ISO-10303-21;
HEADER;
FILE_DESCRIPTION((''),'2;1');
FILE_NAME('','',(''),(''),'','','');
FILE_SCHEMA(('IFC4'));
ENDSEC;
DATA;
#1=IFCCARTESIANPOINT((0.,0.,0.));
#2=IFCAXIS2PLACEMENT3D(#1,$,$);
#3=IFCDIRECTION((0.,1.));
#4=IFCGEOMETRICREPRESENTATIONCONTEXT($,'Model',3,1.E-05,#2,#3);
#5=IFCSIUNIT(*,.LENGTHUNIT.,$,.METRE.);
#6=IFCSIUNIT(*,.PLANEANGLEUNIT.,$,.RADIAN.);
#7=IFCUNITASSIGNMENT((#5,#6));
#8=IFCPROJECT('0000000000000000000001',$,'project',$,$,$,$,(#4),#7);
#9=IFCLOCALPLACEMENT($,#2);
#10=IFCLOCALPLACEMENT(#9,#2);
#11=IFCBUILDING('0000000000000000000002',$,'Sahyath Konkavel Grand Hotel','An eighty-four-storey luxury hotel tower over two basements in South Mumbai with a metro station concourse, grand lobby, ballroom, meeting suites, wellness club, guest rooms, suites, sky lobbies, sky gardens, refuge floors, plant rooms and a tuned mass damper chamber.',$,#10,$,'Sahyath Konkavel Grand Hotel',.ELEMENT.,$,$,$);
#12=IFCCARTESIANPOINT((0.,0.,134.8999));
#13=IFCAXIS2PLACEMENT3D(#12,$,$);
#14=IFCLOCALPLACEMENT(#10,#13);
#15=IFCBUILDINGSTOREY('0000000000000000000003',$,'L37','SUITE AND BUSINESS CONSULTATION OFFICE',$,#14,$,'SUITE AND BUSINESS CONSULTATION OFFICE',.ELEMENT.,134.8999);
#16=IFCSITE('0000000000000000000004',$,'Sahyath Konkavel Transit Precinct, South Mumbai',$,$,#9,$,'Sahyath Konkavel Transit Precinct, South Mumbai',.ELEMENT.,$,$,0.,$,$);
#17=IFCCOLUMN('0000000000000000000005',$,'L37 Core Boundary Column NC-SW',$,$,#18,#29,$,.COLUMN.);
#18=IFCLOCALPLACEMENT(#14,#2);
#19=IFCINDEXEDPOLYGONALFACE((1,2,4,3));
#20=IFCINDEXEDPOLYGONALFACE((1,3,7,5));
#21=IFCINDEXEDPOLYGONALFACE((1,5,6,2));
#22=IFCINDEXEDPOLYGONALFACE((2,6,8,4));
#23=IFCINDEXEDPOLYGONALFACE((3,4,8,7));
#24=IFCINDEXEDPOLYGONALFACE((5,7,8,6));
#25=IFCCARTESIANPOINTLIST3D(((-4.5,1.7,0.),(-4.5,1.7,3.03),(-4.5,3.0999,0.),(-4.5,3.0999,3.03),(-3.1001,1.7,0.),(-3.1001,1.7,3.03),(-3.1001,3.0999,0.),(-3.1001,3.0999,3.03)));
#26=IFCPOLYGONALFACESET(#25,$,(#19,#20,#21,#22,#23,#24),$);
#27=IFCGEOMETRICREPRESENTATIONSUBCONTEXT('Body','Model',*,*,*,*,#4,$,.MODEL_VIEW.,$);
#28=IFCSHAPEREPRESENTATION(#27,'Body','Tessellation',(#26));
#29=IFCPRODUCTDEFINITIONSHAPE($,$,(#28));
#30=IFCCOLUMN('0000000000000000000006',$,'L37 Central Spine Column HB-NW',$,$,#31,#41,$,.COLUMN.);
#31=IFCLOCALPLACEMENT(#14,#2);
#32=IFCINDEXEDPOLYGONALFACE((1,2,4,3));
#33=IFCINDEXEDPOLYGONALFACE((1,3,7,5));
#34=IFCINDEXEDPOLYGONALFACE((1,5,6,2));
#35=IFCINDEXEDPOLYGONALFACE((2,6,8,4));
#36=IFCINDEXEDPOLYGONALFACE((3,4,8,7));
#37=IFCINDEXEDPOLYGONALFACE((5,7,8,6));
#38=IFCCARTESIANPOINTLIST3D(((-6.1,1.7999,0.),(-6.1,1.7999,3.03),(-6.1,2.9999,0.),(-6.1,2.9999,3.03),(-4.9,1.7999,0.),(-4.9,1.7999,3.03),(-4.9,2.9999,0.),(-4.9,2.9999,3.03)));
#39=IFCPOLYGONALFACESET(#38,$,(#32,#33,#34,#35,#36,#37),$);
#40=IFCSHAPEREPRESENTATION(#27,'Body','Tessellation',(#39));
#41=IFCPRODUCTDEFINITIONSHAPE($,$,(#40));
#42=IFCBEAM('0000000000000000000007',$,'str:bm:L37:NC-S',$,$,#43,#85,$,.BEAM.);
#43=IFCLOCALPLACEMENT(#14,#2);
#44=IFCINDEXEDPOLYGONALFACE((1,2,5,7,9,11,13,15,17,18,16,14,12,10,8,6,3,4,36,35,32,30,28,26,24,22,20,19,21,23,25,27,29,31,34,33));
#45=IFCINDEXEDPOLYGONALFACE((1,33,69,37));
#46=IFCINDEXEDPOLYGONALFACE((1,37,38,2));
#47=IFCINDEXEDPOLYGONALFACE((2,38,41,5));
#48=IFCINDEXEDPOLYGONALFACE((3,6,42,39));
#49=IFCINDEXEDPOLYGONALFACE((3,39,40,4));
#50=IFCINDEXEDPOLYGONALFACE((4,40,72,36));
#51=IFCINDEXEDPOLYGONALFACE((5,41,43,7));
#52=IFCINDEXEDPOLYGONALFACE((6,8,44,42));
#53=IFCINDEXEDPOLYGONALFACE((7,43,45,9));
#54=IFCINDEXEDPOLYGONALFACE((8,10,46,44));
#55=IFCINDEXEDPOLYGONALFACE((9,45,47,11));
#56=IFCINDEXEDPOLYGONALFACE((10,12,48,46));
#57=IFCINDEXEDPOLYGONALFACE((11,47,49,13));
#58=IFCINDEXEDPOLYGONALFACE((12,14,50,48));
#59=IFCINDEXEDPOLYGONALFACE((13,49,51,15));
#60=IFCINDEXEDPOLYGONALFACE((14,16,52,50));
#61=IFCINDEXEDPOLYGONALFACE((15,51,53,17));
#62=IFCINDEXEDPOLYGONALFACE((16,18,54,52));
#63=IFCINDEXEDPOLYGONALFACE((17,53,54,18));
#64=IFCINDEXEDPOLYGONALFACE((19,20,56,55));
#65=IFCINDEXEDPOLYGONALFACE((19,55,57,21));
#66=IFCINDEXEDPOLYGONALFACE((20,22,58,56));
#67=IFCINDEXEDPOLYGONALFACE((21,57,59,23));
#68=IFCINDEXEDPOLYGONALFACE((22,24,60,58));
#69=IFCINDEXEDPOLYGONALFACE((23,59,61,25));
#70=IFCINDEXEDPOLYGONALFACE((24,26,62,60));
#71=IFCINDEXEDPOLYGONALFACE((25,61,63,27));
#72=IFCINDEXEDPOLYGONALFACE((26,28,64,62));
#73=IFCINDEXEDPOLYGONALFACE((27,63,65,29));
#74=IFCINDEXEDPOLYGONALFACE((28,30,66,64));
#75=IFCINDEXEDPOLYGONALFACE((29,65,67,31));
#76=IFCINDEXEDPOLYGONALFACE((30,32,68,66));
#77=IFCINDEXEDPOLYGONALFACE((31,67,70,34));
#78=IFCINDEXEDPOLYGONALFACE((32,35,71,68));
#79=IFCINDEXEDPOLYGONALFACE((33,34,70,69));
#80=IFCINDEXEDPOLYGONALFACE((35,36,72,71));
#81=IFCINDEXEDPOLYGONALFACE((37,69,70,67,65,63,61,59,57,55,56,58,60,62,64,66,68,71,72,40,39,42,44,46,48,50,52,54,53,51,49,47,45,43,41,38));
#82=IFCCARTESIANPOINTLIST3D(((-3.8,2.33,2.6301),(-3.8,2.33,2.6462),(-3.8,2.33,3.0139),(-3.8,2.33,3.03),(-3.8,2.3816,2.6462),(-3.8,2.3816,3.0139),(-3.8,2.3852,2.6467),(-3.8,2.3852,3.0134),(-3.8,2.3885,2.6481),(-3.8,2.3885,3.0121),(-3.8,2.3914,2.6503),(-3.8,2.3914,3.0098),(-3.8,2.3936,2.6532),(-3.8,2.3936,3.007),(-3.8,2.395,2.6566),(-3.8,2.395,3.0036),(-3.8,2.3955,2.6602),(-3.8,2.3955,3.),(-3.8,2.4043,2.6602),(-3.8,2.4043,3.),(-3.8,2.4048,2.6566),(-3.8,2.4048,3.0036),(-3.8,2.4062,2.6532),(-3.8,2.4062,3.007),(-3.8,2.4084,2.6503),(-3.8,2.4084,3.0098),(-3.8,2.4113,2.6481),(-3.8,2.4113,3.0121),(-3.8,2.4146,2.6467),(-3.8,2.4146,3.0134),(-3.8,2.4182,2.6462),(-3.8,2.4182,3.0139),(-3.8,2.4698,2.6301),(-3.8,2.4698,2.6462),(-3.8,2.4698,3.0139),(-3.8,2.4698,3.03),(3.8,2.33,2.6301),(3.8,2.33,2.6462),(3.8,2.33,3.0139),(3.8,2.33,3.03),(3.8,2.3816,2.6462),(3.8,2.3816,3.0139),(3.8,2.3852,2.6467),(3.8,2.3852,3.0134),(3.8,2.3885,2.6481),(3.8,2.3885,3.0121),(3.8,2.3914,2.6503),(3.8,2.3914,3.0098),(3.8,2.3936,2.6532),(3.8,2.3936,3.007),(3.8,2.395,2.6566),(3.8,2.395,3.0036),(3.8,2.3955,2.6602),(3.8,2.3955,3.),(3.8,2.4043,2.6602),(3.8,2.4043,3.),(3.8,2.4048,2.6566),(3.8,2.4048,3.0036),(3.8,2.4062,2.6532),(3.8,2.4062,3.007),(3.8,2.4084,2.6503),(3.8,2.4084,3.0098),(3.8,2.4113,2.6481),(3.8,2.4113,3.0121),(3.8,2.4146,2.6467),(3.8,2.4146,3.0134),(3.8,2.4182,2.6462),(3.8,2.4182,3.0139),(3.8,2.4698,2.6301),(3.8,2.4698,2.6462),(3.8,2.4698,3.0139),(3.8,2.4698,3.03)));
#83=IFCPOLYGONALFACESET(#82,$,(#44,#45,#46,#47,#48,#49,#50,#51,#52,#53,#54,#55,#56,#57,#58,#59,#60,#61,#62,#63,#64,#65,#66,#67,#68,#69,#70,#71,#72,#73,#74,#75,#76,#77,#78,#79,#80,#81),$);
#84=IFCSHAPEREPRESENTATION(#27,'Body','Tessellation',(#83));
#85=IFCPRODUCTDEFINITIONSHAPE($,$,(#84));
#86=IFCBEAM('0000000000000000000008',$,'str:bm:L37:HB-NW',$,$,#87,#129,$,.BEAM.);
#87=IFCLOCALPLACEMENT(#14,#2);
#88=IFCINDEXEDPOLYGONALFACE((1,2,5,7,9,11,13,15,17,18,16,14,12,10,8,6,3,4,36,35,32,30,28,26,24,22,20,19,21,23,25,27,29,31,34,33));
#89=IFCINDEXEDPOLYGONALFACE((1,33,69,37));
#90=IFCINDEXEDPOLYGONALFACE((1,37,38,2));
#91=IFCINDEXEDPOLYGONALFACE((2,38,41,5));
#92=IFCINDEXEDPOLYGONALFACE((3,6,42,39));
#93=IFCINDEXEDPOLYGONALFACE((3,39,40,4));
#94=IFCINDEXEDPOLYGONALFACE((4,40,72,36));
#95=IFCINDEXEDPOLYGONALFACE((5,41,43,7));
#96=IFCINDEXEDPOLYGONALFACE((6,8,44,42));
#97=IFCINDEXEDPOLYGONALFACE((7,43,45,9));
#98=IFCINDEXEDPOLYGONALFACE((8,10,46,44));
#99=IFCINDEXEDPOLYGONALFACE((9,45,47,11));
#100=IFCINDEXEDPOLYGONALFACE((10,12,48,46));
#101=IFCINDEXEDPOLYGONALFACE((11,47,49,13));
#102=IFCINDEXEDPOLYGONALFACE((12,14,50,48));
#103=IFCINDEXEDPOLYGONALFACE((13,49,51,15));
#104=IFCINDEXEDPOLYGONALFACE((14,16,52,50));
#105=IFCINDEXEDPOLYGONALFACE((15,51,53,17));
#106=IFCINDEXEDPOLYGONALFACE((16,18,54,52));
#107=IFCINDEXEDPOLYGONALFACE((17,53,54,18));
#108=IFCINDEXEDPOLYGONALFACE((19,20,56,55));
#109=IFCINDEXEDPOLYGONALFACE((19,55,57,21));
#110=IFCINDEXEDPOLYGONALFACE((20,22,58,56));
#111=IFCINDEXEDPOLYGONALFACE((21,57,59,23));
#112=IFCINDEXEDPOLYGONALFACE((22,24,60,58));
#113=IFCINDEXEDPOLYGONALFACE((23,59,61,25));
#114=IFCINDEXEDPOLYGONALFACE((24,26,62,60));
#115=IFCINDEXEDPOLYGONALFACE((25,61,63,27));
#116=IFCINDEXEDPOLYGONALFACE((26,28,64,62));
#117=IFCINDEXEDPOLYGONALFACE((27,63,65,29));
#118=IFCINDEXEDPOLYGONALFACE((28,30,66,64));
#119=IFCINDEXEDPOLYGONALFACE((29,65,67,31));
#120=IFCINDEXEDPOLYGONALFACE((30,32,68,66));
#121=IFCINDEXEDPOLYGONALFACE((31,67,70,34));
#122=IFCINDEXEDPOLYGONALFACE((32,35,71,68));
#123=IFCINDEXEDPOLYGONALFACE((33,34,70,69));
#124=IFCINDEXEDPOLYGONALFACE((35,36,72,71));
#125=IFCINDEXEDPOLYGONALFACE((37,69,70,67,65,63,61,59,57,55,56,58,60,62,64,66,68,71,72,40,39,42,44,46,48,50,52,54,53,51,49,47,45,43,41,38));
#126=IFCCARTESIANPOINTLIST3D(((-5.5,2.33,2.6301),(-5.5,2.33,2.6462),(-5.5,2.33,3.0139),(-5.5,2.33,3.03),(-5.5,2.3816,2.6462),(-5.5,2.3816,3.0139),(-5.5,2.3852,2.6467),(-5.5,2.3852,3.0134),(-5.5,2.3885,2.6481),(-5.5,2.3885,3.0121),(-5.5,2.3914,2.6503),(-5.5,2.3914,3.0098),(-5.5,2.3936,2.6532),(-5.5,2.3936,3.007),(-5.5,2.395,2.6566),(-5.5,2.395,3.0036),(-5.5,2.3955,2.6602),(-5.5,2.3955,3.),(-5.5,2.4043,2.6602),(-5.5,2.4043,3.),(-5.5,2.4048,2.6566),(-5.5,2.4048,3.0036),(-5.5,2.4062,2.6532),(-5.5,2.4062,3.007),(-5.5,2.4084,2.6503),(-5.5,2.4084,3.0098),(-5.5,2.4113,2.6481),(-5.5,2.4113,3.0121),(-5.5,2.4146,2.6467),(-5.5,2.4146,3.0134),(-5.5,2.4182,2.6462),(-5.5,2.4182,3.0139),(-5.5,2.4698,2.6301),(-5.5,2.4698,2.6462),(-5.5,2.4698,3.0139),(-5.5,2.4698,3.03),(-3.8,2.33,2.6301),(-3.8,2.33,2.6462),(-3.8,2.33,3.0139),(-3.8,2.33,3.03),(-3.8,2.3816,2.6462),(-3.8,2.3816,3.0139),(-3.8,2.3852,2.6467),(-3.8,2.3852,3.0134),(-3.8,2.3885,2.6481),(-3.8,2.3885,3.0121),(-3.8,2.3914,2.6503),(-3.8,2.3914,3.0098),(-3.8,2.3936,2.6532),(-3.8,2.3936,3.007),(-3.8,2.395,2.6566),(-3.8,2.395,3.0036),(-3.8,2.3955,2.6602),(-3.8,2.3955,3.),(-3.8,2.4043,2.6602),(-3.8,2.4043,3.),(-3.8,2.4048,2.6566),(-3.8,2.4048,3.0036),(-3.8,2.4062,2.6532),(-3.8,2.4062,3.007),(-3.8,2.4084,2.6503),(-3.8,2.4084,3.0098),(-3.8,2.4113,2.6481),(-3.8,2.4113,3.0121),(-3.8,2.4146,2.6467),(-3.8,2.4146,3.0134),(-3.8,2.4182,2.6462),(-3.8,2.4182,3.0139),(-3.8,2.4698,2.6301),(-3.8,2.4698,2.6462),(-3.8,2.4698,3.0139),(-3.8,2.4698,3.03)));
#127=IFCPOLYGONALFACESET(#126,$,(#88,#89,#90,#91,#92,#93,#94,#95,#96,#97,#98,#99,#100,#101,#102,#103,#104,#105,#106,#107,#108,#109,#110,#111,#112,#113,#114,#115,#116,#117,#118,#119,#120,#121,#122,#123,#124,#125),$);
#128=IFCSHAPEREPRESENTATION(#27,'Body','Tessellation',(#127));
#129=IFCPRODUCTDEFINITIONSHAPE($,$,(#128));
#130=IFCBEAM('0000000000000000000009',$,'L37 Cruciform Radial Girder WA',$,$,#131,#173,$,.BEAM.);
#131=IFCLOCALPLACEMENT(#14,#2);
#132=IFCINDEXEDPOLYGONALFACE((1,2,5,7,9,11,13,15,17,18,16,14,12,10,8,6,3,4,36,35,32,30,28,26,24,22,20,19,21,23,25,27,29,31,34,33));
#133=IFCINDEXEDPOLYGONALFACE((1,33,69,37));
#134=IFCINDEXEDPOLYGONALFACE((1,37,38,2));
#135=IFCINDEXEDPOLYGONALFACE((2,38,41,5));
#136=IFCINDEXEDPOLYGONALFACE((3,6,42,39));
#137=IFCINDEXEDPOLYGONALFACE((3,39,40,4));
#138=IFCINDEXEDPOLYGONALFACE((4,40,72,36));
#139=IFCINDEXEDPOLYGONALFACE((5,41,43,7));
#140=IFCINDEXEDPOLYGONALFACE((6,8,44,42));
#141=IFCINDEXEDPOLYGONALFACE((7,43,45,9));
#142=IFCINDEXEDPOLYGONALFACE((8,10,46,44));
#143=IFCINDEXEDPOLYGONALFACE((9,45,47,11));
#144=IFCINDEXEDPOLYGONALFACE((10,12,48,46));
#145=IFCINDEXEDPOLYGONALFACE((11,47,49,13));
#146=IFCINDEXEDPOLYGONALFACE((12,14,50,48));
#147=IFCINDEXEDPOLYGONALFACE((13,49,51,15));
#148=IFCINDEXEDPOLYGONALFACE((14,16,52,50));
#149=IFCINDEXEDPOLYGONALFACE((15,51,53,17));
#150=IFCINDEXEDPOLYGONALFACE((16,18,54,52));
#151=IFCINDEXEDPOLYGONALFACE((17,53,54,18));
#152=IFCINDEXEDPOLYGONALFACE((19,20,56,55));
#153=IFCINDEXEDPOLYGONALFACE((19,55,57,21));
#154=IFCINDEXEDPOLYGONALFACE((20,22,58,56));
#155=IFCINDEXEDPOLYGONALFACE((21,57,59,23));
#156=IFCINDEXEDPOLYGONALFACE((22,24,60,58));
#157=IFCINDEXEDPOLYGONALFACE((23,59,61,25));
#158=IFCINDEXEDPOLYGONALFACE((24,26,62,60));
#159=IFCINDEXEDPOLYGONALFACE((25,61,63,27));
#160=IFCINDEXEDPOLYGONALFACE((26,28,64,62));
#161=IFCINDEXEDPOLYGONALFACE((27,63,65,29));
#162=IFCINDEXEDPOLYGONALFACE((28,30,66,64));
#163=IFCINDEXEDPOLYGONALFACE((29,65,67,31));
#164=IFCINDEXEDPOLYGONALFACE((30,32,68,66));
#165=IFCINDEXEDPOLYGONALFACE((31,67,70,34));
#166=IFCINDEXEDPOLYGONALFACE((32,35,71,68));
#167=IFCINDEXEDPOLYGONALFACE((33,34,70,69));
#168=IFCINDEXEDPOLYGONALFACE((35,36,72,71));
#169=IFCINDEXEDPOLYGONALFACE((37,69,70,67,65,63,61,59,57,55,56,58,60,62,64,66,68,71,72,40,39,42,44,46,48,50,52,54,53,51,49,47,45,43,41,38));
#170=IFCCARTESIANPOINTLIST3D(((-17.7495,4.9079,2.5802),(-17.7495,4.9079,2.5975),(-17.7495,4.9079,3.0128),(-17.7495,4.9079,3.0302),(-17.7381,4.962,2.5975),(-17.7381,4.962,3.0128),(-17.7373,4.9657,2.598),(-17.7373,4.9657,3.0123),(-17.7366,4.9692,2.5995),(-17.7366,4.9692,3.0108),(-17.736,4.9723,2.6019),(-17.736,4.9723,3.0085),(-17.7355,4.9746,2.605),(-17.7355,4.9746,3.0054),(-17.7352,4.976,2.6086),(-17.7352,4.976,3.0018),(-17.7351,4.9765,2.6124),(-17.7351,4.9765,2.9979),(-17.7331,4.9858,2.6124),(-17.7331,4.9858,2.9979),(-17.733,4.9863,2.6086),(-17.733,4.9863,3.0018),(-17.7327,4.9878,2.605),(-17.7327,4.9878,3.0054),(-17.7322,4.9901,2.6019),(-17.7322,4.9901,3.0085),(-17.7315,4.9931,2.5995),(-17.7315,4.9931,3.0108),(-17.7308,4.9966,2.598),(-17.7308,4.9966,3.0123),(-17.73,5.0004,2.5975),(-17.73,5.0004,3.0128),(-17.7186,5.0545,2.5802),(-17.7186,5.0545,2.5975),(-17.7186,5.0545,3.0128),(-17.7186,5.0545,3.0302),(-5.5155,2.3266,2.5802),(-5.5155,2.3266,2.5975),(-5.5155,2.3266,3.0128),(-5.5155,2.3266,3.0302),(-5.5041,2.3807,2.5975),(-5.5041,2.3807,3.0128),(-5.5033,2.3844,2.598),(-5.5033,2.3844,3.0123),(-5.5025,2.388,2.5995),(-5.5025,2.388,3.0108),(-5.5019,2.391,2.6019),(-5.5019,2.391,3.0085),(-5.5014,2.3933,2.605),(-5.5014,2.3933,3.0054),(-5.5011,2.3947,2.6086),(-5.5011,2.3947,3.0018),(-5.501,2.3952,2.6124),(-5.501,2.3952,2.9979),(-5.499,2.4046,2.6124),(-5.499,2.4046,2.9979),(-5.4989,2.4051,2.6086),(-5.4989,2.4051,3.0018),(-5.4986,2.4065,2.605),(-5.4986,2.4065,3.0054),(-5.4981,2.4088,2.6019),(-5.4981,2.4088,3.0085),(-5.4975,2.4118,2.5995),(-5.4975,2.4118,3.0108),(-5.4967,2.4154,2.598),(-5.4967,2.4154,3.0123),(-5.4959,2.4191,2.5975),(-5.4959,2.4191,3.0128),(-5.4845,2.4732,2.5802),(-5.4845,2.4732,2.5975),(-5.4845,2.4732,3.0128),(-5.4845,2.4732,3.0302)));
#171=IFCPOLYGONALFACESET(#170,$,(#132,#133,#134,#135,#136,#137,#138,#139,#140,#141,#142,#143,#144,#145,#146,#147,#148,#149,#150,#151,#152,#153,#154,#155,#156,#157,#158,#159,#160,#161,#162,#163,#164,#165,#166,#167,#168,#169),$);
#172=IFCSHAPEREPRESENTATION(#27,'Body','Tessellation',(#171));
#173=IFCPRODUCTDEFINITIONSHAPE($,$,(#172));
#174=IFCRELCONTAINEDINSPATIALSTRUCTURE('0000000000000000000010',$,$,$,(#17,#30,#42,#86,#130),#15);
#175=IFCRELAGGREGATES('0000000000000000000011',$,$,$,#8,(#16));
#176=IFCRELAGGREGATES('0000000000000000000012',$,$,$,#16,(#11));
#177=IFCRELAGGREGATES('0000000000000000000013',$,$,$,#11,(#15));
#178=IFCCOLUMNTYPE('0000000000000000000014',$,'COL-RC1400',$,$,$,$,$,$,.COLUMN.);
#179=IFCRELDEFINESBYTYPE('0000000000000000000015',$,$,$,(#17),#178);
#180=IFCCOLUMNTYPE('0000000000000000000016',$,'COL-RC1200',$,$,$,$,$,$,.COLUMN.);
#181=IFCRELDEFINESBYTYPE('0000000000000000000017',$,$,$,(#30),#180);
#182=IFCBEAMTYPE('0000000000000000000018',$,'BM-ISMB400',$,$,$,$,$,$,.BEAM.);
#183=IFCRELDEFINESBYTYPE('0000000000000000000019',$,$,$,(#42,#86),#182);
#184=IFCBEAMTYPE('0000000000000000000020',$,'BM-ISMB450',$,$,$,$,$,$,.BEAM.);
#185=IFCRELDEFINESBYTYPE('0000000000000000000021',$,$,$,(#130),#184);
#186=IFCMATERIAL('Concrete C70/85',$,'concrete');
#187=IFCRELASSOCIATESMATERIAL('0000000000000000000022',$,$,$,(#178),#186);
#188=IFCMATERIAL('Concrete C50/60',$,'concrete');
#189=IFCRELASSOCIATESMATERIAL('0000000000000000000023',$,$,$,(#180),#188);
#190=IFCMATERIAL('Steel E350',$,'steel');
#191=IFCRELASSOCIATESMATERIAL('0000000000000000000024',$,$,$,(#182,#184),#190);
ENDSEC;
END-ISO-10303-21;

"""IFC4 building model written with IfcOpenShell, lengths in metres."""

from ifc_helpers import new_model, si_unit, direction, frame, origin, origin_2d, place, context, subcontext, project, spatial, rectangle, i_section, extrude, source, transform, mapped, material, material_profile, profile_set, type_object, element, save


model = new_model("IFC4")

# Units and contexts
model_context = context("Model", 3, precision=1e-05, world=origin(), true_north=direction((0.0, 1.0)))
body_context = subcontext(model_context, "Body", "Model", "MODEL_VIEW")
ifc_project = project(units=[si_unit("LENGTHUNIT", "METRE"), si_unit("PLANEANGLEUNIT", "RADIAN")], contexts=[model_context])

# Site, building, storey
site_placement = place(None, origin())
site = spatial("IfcSite", under=ifc_project, at=site_placement, Name="Sahyath Konkavel Transit Precinct, South Mumbai", LongName="Sahyath Konkavel Transit Precinct, South Mumbai", CompositionType="ELEMENT", RefElevation=0.0)
building_placement = place(site_placement, origin())
building = spatial("IfcBuilding", under=site, at=building_placement, Name="Sahyath Konkavel Grand Hotel", Description="An eighty-four-storey luxury hotel tower over two basements in South Mumbai with a metro station concourse, grand lobby, ballroom, meeting suites, wellness club, guest rooms, suites, sky lobbies, sky gardens, refuge floors, plant rooms and a tuned mass damper chamber.", LongName="Sahyath Konkavel Grand Hotel", CompositionType="ELEMENT")
storey_placement = place(building_placement, frame((0.0, 0.0, 134.8999)))
storey = spatial("IfcBuildingStorey", under=building, at=storey_placement, Name="L37", Description="SUITE AND BUSINESS CONSULTATION OFFICE", LongName="SUITE AND BUSINESS CONSULTATION OFFICE", CompositionType="ELEMENT", Elevation=134.8999)

# Columns
ifc_material_1 = material(Name="Concrete C70/85", Category="concrete")
ifc_material_profile_1 = material_profile(ifc_material_1, rectangle(XDim=1.3999, YDim=1.3999, at=origin_2d()), Name="RC 1400x1400")
ifc_profile_set_1 = profile_set([ifc_material_profile_1], Name="Concrete C70/85")
column_type_1 = type_object("IfcColumnType", Name="COL-RC1400", PredefinedType="COLUMN", material=ifc_profile_set_1)
shared_shape_1 = source(origin(), body_context, "Body", "SweptSolid", [
    extrude(rectangle(XDim=1.3999, YDim=1.3999, at=origin_2d()), origin(), (0.0, 0.0, 1.0), 3.03),
])
column_1_placement = place(storey_placement, frame((-3.8, 2.3999, 0.0), z_axis=(0.0, 0.0, 1.0), x_axis=(1.0, 0.0, 0.0)))
element("IfcColumn", 1, at=column_1_placement, inside=storey, type_object=column_type_1, Name="L37 Core Boundary Column NC-SW", PredefinedType="COLUMN", context=body_context, shape_type="MappedRepresentation", body=[
    mapped(shared_shape_1, transform((0.0, 0.0, 0.0), scale=1.0)),
])
ifc_material_2 = material(Name="Concrete C50/60", Category="concrete")
ifc_material_profile_2 = material_profile(ifc_material_2, rectangle(XDim=1.2, YDim=1.2, at=origin_2d()), Name="RC 1200x1200")
ifc_profile_set_2 = profile_set([ifc_material_profile_2], Name="Concrete C50/60")
column_type_2 = type_object("IfcColumnType", Name="COL-RC1200", PredefinedType="COLUMN", material=ifc_profile_set_2)
shared_shape_2 = source(origin(), body_context, "Body", "SweptSolid", [
    extrude(rectangle(XDim=1.2, YDim=1.2, at=origin_2d()), origin(), (0.0, 0.0, 1.0), 3.03),
])
column_2_placement = place(storey_placement, frame((-5.5, 2.3999, 0.0), z_axis=(0.0, 0.0, 1.0), x_axis=(1.0, 0.0, 0.0)))
element("IfcColumn", 2, at=column_2_placement, inside=storey, type_object=column_type_2, Name="L37 Central Spine Column HB-NW", PredefinedType="COLUMN", context=body_context, shape_type="MappedRepresentation", body=[
    mapped(shared_shape_2, transform((0.0, 0.0, 0.0), scale=1.0)),
])

# Beams
ifc_material_3 = material(Name="Steel E350", Category="steel")
ifc_material_profile_3 = material_profile(ifc_material_3, i_section(OverallWidth=0.1399, OverallDepth=0.3999, WebThickness=0.0088, FlangeThickness=0.0161, FilletRadius=0.0139, at=origin_2d()), Name="ISMB 400")
ifc_profile_set_3 = profile_set([ifc_material_profile_3], Name="Steel E350")
beam_type_1 = type_object("IfcBeamType", Name="BM-ISMB400", PredefinedType="BEAM", material=ifc_profile_set_3)
shared_shape_3 = source(origin(), body_context, "Body", "SweptSolid", [
    extrude(i_section(OverallWidth=0.1399, OverallDepth=0.3999, WebThickness=0.0088, FlangeThickness=0.0161, FilletRadius=0.0139, at=origin_2d()), origin(), (0.0, 0.0, 1.0), 7.6001),
])
beam_1_placement = place(storey_placement, frame((-3.8, 2.3999, 2.8301), z_axis=(1.0, 0.0, 0.0), x_axis=(0.0, 1.0, 0.0)))
element("IfcBeam", 3, at=beam_1_placement, inside=storey, type_object=beam_type_1, Name="str:bm:L37:NC-S", PredefinedType="BEAM", context=body_context, shape_type="MappedRepresentation", body=[
    mapped(shared_shape_3, transform((0.0, 0.0, 0.0), scale=1.0)),
])
shared_shape_4 = source(origin(), body_context, "Body", "SweptSolid", [
    extrude(i_section(OverallWidth=0.1399, OverallDepth=0.3999, WebThickness=0.0088, FlangeThickness=0.0161, FilletRadius=0.0139, at=origin_2d()), origin(), (0.0, 0.0, 1.0), 1.7),
])
beam_2_placement = place(storey_placement, frame((-5.5, 2.3999, 2.8301), z_axis=(1.0, 0.0, 0.0), x_axis=(0.0, 1.0, 0.0)))
element("IfcBeam", 4, at=beam_2_placement, inside=storey, type_object=beam_type_1, Name="str:bm:L37:HB-NW", PredefinedType="BEAM", context=body_context, shape_type="MappedRepresentation", body=[
    mapped(shared_shape_4, transform((0.0, 0.0, 0.0), scale=1.0)),
])
ifc_material_profile_4 = material_profile(ifc_material_3, i_section(OverallWidth=0.1499, OverallDepth=0.45, WebThickness=0.0095, FlangeThickness=0.0173, FilletRadius=0.0149, at=origin_2d()), Name="ISMB 450")
ifc_profile_set_4 = profile_set([ifc_material_profile_4], Name="Steel E350")
beam_type_2 = type_object("IfcBeamType", Name="BM-ISMB450", PredefinedType="BEAM", material=ifc_profile_set_4)
shared_shape_5 = source(origin(), body_context, "Body", "SweptSolid", [
    extrude(i_section(OverallWidth=0.1499, OverallDepth=0.45, WebThickness=0.0095, FlangeThickness=0.0173, FilletRadius=0.0149, at=origin_2d()), origin(), (0.0, 0.0, 1.0), 12.5034),
])
beam_3_placement = place(storey_placement, frame((-5.5, 2.3999, 2.8052), z_axis=(-0.978458, 0.206446, 0.0), x_axis=(-0.206446, -0.978458, 0.0)))
element("IfcBeam", 5, at=beam_3_placement, inside=storey, type_object=beam_type_2, Name="L37 Cruciform Radial Girder WA", PredefinedType="BEAM", context=body_context, shape_type="MappedRepresentation", body=[
    mapped(shared_shape_5, transform((0.0, 0.0, 0.0), scale=1.0)),
])

save(model, "model.ifc")
